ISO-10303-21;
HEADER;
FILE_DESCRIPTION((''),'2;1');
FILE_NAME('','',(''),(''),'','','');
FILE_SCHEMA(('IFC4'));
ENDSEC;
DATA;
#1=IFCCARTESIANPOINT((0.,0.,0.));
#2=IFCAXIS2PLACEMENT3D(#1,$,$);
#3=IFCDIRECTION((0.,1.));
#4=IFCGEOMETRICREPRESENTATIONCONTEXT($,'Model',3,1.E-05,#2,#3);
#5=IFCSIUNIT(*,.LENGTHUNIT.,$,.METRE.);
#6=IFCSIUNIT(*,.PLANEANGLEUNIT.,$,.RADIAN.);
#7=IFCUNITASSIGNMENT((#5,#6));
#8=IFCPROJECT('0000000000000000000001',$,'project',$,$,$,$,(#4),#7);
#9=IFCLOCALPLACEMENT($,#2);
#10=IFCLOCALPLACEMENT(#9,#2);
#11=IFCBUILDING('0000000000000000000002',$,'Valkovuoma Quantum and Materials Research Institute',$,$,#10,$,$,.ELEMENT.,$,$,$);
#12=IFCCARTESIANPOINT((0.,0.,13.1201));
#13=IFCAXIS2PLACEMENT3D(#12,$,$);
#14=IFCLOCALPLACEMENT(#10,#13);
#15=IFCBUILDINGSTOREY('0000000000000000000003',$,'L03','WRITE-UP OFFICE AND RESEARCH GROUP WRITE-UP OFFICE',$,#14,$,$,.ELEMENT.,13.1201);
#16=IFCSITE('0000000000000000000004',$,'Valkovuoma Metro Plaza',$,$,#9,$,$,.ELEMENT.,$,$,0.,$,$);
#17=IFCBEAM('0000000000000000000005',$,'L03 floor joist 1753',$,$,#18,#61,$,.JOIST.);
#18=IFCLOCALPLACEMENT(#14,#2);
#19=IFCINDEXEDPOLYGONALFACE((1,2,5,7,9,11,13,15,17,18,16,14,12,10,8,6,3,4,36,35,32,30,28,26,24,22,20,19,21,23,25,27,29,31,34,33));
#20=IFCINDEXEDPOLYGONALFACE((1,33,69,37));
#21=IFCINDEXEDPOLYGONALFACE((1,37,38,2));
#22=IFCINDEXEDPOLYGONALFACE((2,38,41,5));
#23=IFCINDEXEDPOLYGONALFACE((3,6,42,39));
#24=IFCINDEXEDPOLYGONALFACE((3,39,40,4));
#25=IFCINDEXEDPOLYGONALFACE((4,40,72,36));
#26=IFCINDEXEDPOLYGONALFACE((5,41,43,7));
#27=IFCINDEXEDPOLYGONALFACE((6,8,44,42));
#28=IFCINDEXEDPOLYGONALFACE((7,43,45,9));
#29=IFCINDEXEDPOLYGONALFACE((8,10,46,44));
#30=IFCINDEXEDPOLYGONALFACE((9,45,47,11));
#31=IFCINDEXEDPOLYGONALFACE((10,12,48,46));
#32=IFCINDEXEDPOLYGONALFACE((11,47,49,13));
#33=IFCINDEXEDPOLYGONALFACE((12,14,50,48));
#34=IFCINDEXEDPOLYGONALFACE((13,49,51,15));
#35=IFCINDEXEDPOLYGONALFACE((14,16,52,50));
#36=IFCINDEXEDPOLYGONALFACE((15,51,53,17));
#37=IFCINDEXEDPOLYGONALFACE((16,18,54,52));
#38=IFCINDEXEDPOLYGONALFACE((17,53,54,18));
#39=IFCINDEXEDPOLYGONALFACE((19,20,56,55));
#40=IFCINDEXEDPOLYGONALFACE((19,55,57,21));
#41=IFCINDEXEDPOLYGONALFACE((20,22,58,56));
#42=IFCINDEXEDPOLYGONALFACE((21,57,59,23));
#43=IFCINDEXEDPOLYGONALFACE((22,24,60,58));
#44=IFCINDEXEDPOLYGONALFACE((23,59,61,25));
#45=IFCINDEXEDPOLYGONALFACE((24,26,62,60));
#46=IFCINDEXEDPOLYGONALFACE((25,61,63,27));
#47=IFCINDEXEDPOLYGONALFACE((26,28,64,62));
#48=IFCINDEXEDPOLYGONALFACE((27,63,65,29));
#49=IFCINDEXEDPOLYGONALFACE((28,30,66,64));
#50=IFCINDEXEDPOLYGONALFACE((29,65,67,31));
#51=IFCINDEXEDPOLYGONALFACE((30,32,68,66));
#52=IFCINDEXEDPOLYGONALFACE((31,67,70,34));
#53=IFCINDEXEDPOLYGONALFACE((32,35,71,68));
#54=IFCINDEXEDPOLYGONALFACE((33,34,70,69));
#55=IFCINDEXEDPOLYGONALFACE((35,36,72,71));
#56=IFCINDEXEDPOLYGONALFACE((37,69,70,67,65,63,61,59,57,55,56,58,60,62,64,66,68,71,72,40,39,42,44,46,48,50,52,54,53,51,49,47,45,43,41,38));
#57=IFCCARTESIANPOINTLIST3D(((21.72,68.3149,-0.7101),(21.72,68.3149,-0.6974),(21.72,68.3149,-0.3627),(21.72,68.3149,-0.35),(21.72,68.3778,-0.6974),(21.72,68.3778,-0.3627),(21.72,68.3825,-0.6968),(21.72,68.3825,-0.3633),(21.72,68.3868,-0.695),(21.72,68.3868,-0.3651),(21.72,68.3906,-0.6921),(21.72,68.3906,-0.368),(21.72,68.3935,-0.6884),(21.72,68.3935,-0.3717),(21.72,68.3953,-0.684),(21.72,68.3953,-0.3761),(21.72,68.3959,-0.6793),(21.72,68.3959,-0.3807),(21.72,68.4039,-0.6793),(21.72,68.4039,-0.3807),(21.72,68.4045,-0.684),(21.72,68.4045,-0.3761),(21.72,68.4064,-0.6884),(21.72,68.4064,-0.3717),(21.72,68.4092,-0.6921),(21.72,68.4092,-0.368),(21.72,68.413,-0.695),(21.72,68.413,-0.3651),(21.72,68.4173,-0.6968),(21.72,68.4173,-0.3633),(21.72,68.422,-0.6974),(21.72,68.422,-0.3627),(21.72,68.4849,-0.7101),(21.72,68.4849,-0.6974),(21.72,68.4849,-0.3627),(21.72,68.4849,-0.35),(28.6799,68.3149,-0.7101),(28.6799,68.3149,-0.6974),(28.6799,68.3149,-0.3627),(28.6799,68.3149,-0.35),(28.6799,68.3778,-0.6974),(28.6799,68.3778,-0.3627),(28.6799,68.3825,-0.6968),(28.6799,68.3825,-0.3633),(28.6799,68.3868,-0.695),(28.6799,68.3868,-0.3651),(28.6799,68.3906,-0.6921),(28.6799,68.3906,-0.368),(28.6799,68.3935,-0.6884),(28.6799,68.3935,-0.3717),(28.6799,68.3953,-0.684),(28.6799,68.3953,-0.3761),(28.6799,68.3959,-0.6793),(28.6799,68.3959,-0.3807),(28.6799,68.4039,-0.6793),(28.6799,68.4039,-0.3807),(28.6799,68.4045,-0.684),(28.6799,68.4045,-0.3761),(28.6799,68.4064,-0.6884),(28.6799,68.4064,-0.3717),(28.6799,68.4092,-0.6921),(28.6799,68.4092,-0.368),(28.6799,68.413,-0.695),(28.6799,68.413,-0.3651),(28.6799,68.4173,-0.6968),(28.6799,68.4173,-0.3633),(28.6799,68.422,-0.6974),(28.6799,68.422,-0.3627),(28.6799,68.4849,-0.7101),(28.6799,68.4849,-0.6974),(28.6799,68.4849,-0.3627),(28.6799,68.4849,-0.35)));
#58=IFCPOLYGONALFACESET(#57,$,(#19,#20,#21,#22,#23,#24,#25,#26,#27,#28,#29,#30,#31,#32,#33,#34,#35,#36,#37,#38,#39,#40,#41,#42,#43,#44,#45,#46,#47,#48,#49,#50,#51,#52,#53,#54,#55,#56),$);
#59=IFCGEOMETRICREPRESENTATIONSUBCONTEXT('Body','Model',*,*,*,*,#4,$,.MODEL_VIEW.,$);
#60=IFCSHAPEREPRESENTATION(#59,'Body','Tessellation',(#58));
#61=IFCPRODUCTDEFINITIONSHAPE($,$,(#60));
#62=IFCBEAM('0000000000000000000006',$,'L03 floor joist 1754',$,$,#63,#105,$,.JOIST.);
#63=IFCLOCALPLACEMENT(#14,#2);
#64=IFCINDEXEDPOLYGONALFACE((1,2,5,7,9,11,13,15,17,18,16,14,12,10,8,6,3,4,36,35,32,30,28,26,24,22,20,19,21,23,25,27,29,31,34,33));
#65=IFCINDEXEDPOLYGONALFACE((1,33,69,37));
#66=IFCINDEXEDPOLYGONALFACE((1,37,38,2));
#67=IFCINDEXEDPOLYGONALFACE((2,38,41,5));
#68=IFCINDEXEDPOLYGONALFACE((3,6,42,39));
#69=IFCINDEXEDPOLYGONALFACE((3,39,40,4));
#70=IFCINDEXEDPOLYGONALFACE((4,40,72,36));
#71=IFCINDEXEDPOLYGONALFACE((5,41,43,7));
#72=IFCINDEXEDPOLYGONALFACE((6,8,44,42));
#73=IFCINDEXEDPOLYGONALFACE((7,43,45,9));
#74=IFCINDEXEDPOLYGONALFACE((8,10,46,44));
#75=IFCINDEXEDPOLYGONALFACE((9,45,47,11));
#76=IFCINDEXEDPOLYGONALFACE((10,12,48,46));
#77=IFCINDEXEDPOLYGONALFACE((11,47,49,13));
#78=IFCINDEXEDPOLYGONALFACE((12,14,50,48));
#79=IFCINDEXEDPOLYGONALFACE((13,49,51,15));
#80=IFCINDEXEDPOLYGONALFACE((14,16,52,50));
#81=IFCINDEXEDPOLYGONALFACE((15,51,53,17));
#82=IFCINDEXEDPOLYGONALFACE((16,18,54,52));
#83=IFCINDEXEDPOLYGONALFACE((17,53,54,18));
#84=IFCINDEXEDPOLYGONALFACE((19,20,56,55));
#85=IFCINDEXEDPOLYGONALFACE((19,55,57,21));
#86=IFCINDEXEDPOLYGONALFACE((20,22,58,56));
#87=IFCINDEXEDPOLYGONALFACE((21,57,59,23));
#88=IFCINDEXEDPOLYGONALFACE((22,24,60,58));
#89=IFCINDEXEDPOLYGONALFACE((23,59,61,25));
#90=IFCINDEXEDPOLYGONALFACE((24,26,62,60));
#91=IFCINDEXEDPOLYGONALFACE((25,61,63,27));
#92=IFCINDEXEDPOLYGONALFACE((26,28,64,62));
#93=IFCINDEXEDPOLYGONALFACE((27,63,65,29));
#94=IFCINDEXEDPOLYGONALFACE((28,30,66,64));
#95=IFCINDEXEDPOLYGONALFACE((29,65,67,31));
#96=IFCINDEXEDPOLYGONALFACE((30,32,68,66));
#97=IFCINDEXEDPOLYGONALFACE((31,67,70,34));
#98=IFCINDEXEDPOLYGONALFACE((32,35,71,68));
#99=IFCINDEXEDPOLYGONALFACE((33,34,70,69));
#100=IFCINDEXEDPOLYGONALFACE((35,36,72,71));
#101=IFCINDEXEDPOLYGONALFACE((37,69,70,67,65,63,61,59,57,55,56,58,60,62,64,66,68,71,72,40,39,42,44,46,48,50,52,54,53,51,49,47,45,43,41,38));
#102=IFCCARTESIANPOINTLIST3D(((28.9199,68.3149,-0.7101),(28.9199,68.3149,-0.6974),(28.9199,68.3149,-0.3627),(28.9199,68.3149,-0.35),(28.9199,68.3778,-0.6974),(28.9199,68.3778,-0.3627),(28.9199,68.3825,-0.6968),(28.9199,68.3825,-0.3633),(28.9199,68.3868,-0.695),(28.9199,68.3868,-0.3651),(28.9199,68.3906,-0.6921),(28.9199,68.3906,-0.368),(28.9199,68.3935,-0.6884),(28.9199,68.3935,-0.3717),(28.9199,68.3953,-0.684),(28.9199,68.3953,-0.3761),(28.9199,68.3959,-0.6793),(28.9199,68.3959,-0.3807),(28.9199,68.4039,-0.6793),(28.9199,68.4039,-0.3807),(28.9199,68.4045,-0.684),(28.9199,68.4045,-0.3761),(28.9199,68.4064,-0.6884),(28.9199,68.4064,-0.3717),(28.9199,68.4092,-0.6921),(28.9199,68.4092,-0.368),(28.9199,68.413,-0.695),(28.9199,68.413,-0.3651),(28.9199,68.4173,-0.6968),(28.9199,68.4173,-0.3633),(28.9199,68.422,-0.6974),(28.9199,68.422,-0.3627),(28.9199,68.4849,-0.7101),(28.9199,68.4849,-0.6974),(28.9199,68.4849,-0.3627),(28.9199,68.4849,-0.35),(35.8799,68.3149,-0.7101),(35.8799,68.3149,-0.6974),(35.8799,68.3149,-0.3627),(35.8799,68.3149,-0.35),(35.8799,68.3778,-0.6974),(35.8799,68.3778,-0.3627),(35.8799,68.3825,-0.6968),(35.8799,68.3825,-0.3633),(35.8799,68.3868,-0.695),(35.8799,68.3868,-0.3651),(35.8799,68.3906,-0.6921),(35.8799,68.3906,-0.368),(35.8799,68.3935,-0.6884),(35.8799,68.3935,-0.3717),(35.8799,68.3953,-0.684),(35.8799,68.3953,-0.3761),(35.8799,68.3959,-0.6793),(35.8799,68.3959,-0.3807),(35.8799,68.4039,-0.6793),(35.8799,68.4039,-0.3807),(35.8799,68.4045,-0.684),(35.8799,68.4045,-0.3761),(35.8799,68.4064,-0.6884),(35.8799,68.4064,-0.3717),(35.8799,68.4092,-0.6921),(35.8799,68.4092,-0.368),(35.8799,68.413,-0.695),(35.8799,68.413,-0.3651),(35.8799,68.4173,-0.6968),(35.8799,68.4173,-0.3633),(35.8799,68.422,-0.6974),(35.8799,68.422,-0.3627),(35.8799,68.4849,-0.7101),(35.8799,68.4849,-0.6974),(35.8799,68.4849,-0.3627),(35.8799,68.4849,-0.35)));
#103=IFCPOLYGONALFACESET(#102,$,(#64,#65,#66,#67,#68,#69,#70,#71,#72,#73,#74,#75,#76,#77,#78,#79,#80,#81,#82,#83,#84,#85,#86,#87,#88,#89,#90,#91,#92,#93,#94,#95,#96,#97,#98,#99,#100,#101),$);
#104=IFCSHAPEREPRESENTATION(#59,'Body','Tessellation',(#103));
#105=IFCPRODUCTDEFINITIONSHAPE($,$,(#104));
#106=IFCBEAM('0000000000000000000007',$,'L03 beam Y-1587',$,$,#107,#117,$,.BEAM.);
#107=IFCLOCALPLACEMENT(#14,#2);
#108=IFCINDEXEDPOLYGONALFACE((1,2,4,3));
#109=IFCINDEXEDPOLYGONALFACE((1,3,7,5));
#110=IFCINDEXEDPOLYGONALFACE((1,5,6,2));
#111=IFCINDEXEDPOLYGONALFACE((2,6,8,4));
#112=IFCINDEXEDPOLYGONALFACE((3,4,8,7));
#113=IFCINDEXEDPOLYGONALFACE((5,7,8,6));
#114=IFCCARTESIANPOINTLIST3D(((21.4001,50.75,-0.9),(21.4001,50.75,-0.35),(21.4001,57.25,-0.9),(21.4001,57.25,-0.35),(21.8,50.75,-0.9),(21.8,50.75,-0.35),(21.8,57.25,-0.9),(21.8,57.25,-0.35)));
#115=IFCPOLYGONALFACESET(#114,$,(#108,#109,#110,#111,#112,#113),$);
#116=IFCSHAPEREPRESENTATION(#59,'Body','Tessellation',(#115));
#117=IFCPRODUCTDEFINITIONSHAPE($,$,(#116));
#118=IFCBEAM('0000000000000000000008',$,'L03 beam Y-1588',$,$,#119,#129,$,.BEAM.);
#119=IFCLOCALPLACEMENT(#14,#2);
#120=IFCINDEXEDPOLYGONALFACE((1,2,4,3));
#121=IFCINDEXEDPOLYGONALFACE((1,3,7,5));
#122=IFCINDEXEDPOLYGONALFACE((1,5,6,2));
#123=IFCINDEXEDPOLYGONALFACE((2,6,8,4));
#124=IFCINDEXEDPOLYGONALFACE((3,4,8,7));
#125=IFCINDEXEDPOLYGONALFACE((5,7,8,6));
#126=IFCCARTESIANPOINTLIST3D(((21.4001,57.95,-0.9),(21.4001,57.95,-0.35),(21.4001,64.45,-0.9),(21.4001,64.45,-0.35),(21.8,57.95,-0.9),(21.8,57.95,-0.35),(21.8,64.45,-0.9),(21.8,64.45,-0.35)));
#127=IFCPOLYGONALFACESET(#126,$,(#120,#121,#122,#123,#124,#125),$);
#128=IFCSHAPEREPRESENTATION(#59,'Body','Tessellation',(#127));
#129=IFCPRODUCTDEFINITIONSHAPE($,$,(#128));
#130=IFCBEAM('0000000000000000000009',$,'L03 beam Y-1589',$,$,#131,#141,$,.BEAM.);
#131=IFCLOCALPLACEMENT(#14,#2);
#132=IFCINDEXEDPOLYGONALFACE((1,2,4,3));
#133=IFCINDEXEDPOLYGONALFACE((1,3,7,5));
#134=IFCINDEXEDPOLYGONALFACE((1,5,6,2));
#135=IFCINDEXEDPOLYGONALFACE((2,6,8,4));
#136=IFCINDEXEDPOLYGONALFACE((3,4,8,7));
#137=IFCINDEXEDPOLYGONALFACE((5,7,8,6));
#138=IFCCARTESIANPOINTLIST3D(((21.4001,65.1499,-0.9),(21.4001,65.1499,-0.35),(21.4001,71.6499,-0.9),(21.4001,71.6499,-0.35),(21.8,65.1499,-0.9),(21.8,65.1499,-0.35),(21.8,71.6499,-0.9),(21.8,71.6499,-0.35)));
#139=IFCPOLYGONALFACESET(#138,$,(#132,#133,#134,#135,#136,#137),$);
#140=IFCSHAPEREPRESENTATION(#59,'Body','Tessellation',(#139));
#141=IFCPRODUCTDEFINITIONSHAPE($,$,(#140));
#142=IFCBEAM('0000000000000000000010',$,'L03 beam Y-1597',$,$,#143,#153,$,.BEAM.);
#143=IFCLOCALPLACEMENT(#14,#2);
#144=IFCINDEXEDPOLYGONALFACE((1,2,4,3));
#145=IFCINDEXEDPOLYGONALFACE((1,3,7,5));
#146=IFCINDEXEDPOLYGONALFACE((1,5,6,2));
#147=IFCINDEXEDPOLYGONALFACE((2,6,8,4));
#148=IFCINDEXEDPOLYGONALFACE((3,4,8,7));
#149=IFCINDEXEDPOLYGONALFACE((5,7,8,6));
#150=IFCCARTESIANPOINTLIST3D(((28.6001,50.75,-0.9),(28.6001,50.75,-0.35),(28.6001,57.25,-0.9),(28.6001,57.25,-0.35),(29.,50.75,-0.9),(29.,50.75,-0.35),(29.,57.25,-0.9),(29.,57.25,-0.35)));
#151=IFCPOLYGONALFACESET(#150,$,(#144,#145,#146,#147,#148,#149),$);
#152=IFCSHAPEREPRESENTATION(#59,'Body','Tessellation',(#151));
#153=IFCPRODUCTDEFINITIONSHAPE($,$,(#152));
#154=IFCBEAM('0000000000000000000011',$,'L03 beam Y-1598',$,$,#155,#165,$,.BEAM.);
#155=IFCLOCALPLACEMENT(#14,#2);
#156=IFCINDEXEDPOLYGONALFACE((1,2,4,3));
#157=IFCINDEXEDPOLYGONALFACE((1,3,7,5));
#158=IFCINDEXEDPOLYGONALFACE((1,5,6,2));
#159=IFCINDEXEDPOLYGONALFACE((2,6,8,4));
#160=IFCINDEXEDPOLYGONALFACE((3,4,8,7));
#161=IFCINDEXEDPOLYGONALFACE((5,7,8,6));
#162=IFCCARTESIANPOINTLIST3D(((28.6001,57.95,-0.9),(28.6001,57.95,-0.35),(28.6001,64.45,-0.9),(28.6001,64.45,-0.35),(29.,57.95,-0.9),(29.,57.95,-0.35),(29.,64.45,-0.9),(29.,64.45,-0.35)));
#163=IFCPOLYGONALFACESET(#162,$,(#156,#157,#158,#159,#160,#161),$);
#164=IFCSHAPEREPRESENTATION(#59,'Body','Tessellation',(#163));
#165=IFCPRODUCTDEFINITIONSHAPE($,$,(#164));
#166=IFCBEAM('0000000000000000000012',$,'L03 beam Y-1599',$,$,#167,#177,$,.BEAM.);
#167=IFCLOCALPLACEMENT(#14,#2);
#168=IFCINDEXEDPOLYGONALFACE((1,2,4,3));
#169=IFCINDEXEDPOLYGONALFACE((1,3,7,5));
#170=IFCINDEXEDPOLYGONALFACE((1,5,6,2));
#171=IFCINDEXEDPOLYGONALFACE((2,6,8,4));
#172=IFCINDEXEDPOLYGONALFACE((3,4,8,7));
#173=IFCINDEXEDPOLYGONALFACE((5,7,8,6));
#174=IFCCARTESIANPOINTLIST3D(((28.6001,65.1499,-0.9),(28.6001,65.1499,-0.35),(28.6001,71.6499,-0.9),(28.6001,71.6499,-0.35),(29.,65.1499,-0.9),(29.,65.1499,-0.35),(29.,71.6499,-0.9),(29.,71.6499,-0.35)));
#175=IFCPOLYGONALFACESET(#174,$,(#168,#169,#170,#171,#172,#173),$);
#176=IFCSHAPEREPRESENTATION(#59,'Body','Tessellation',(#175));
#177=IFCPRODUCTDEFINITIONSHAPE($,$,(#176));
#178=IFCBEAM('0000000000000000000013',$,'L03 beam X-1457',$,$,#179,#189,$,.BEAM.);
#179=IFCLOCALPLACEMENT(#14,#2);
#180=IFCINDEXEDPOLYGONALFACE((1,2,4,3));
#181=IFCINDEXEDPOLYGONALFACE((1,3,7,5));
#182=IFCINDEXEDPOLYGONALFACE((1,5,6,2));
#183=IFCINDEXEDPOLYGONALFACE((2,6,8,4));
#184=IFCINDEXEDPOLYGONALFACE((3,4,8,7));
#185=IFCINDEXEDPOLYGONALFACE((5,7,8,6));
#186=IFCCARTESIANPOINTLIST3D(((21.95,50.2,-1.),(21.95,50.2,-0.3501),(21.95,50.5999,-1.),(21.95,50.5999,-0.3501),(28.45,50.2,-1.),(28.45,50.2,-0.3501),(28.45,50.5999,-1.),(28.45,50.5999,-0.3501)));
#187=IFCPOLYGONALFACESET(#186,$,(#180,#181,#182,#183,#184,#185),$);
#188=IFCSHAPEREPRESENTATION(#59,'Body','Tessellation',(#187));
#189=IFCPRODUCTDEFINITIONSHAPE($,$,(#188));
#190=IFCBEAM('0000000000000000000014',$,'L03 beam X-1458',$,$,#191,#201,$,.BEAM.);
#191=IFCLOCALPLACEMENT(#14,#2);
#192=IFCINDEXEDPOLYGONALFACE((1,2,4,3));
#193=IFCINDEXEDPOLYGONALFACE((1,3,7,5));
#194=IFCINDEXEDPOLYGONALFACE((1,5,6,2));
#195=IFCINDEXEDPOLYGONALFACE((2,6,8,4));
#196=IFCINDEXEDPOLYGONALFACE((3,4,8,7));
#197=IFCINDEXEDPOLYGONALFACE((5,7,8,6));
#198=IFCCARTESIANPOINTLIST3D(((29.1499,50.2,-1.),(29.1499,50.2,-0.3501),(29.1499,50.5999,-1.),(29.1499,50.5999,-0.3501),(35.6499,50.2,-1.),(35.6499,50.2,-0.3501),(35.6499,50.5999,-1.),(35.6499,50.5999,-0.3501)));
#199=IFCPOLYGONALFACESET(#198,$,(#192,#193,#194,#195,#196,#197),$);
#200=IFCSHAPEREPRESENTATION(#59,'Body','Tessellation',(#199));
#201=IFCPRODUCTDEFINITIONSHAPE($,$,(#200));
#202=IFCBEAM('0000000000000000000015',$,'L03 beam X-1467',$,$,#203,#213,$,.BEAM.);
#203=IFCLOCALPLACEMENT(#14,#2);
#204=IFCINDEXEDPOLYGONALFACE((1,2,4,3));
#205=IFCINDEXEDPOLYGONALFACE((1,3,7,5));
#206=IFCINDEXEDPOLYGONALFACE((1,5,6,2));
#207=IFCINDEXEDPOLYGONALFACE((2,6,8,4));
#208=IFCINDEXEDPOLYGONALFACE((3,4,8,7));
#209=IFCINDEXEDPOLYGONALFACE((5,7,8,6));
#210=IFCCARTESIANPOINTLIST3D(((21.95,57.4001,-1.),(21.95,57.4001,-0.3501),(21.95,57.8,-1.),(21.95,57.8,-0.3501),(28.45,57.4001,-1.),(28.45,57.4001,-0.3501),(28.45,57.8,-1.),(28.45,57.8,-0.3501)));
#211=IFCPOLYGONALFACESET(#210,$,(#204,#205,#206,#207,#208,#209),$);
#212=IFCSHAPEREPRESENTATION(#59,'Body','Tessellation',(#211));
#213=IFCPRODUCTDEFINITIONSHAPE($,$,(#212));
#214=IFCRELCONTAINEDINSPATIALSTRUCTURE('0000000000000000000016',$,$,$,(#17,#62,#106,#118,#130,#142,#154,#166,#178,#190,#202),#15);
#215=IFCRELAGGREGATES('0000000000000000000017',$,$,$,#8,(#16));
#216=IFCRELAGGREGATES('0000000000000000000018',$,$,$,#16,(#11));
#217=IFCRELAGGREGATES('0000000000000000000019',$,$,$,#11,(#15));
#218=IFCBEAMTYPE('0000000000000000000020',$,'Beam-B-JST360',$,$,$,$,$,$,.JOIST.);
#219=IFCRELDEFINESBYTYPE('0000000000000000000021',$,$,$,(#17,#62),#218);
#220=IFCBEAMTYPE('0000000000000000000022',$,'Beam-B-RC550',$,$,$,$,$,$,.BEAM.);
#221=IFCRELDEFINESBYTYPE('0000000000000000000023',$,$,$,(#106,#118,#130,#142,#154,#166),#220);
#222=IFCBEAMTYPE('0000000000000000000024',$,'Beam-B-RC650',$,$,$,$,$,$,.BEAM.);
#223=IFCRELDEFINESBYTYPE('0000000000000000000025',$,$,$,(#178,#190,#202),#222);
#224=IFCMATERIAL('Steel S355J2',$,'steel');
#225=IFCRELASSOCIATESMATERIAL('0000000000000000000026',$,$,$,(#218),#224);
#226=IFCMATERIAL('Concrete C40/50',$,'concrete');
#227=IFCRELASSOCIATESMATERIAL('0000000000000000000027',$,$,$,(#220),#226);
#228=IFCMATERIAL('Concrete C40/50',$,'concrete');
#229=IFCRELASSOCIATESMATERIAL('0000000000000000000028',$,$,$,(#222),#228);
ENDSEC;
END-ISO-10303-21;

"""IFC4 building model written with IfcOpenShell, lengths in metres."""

from ifc_helpers import new_model, si_unit, direction, frame, origin, origin_2d, place, context, subcontext, project, spatial, rectangle, i_section, extrude, material, material_profile, profile_set, type_object, element, save


model = new_model("IFC4")

# Units and contexts
model_context = context("Model", 3, precision=1e-05, world=origin(), true_north=direction((0.0, 1.0)))
body_context = subcontext(model_context, "Body", "Model", "MODEL_VIEW")
ifc_project = project(units=[si_unit("LENGTHUNIT", "METRE"), si_unit("PLANEANGLEUNIT", "RADIAN")], contexts=[model_context])

# Site, building, storey
site_placement = place(None, origin())
site = spatial("IfcSite", under=ifc_project, at=site_placement, Name="Valkovuoma Metro Plaza", CompositionType="ELEMENT", RefElevation=0.0)
building_placement = place(site_placement, origin())
building = spatial("IfcBuilding", under=site, at=building_placement, Name="Valkovuoma Quantum and Materials Research Institute", CompositionType="ELEMENT")
storey_placement = place(building_placement, frame((0.0, 0.0, 13.1201)))
storey = spatial("IfcBuildingStorey", under=building, at=storey_placement, Name="L03", Description="WRITE-UP OFFICE AND RESEARCH GROUP WRITE-UP OFFICE", CompositionType="ELEMENT", Elevation=13.1201)

# Beams
ifc_material_1 = material(Name="Steel S355J2", Category="steel")
ifc_material_profile_1 = material_profile(ifc_material_1, i_section(OverallWidth=0.1699, OverallDepth=0.3601, WebThickness=0.0081, FlangeThickness=0.0127, FilletRadius=0.0181, at=origin_2d()), Name="Steel S355J2")
ifc_profile_set_1 = profile_set([ifc_material_profile_1], Name="Steel S355J2")
beam_type_1 = type_object("IfcBeamType", Name="Beam-B-JST360", PredefinedType="JOIST", material=ifc_profile_set_1)
for number, where, z_axis, x_axis, name in (
    (1, (21.72, 68.3999, -0.53), (1.0, 0.0, 0.0), (0.0, 1.0, 0.0), "L03 floor joist 1753"),
    (2, (28.9199, 68.3999, -0.53), (1.0, 0.0, 0.0), (0.0, 1.0, 0.0), "L03 floor joist 1754"),
):
    element("IfcBeam", number, at=place(storey_placement, frame(where, z_axis=z_axis, x_axis=x_axis)), inside=storey, type_object=beam_type_1, Name=name, PredefinedType="JOIST", context=body_context, shape_type="SweptSolid", body=[
        extrude(i_section(OverallWidth=0.1699, OverallDepth=0.3601, WebThickness=0.0081, FlangeThickness=0.0127, FilletRadius=0.0181, at=origin_2d()), origin(), (0.0, 0.0, 1.0), 6.96),
    ])
ifc_material_2 = material(Name="Concrete C40/50", Category="concrete")
ifc_material_profile_2 = material_profile(ifc_material_2, rectangle(XDim=0.3999, YDim=0.55, at=origin_2d()), Name="Concrete C40/50")
ifc_profile_set_2 = profile_set([ifc_material_profile_2], Name="Concrete C40/50")
beam_type_2 = type_object("IfcBeamType", Name="Beam-B-RC550", PredefinedType="BEAM", material=ifc_profile_set_2)
for number, where, z_axis, x_axis, name in (
    (3, (21.6001, 50.75, -0.625), (0.0, 1.0, 0.0), (-1.0, 0.0, 0.0), "L03 beam Y-1587"),
    (4, (21.6001, 57.95, -0.625), (0.0, 1.0, 0.0), (-1.0, 0.0, 0.0), "L03 beam Y-1588"),
    (5, (21.6001, 65.1499, -0.625), (0.0, 1.0, 0.0), (-1.0, 0.0, 0.0), "L03 beam Y-1589"),
    (6, (28.8, 50.75, -0.625), (0.0, 1.0, 0.0), (-1.0, 0.0, 0.0), "L03 beam Y-1597"),
    (7, (28.8, 57.95, -0.625), (0.0, 1.0, 0.0), (-1.0, 0.0, 0.0), "L03 beam Y-1598"),
    (8, (28.8, 65.1499, -0.625), (0.0, 1.0, 0.0), (-1.0, 0.0, 0.0), "L03 beam Y-1599"),
):
    element("IfcBeam", number, at=place(storey_placement, frame(where, z_axis=z_axis, x_axis=x_axis)), inside=storey, type_object=beam_type_2, Name=name, PredefinedType="BEAM", context=body_context, shape_type="SweptSolid", body=[
        extrude(rectangle(XDim=0.3999, YDim=0.55, at=origin_2d()), origin(), (0.0, 0.0, 1.0), 6.5),
    ])
ifc_material_3 = material(Name="Concrete C40/50", Category="concrete")
ifc_material_profile_3 = material_profile(ifc_material_3, rectangle(XDim=0.3999, YDim=0.6499, at=origin_2d()), Name="Concrete C40/50")
ifc_profile_set_3 = profile_set([ifc_material_profile_3], Name="Concrete C40/50")
beam_type_3 = type_object("IfcBeamType", Name="Beam-B-RC650", PredefinedType="BEAM", material=ifc_profile_set_3)
for number, where, z_axis, x_axis, name in (
    (9, (21.95, 50.3999, -0.675), (1.0, 0.0, 0.0), (0.0, 1.0, 0.0), "L03 beam X-1457"),
    (10, (29.1499, 50.3999, -0.675), (1.0, 0.0, 0.0), (0.0, 1.0, 0.0), "L03 beam X-1458"),
    (11, (21.95, 57.6001, -0.675), (1.0, 0.0, 0.0), (0.0, 1.0, 0.0), "L03 beam X-1467"),
):
    element("IfcBeam", number, at=place(storey_placement, frame(where, z_axis=z_axis, x_axis=x_axis)), inside=storey, type_object=beam_type_3, Name=name, PredefinedType="BEAM", context=body_context, shape_type="SweptSolid", body=[
        extrude(rectangle(XDim=0.3999, YDim=0.6499, at=origin_2d()), origin(), (0.0, 0.0, 1.0), 6.5),
    ])

save(model, "model.ifc")
